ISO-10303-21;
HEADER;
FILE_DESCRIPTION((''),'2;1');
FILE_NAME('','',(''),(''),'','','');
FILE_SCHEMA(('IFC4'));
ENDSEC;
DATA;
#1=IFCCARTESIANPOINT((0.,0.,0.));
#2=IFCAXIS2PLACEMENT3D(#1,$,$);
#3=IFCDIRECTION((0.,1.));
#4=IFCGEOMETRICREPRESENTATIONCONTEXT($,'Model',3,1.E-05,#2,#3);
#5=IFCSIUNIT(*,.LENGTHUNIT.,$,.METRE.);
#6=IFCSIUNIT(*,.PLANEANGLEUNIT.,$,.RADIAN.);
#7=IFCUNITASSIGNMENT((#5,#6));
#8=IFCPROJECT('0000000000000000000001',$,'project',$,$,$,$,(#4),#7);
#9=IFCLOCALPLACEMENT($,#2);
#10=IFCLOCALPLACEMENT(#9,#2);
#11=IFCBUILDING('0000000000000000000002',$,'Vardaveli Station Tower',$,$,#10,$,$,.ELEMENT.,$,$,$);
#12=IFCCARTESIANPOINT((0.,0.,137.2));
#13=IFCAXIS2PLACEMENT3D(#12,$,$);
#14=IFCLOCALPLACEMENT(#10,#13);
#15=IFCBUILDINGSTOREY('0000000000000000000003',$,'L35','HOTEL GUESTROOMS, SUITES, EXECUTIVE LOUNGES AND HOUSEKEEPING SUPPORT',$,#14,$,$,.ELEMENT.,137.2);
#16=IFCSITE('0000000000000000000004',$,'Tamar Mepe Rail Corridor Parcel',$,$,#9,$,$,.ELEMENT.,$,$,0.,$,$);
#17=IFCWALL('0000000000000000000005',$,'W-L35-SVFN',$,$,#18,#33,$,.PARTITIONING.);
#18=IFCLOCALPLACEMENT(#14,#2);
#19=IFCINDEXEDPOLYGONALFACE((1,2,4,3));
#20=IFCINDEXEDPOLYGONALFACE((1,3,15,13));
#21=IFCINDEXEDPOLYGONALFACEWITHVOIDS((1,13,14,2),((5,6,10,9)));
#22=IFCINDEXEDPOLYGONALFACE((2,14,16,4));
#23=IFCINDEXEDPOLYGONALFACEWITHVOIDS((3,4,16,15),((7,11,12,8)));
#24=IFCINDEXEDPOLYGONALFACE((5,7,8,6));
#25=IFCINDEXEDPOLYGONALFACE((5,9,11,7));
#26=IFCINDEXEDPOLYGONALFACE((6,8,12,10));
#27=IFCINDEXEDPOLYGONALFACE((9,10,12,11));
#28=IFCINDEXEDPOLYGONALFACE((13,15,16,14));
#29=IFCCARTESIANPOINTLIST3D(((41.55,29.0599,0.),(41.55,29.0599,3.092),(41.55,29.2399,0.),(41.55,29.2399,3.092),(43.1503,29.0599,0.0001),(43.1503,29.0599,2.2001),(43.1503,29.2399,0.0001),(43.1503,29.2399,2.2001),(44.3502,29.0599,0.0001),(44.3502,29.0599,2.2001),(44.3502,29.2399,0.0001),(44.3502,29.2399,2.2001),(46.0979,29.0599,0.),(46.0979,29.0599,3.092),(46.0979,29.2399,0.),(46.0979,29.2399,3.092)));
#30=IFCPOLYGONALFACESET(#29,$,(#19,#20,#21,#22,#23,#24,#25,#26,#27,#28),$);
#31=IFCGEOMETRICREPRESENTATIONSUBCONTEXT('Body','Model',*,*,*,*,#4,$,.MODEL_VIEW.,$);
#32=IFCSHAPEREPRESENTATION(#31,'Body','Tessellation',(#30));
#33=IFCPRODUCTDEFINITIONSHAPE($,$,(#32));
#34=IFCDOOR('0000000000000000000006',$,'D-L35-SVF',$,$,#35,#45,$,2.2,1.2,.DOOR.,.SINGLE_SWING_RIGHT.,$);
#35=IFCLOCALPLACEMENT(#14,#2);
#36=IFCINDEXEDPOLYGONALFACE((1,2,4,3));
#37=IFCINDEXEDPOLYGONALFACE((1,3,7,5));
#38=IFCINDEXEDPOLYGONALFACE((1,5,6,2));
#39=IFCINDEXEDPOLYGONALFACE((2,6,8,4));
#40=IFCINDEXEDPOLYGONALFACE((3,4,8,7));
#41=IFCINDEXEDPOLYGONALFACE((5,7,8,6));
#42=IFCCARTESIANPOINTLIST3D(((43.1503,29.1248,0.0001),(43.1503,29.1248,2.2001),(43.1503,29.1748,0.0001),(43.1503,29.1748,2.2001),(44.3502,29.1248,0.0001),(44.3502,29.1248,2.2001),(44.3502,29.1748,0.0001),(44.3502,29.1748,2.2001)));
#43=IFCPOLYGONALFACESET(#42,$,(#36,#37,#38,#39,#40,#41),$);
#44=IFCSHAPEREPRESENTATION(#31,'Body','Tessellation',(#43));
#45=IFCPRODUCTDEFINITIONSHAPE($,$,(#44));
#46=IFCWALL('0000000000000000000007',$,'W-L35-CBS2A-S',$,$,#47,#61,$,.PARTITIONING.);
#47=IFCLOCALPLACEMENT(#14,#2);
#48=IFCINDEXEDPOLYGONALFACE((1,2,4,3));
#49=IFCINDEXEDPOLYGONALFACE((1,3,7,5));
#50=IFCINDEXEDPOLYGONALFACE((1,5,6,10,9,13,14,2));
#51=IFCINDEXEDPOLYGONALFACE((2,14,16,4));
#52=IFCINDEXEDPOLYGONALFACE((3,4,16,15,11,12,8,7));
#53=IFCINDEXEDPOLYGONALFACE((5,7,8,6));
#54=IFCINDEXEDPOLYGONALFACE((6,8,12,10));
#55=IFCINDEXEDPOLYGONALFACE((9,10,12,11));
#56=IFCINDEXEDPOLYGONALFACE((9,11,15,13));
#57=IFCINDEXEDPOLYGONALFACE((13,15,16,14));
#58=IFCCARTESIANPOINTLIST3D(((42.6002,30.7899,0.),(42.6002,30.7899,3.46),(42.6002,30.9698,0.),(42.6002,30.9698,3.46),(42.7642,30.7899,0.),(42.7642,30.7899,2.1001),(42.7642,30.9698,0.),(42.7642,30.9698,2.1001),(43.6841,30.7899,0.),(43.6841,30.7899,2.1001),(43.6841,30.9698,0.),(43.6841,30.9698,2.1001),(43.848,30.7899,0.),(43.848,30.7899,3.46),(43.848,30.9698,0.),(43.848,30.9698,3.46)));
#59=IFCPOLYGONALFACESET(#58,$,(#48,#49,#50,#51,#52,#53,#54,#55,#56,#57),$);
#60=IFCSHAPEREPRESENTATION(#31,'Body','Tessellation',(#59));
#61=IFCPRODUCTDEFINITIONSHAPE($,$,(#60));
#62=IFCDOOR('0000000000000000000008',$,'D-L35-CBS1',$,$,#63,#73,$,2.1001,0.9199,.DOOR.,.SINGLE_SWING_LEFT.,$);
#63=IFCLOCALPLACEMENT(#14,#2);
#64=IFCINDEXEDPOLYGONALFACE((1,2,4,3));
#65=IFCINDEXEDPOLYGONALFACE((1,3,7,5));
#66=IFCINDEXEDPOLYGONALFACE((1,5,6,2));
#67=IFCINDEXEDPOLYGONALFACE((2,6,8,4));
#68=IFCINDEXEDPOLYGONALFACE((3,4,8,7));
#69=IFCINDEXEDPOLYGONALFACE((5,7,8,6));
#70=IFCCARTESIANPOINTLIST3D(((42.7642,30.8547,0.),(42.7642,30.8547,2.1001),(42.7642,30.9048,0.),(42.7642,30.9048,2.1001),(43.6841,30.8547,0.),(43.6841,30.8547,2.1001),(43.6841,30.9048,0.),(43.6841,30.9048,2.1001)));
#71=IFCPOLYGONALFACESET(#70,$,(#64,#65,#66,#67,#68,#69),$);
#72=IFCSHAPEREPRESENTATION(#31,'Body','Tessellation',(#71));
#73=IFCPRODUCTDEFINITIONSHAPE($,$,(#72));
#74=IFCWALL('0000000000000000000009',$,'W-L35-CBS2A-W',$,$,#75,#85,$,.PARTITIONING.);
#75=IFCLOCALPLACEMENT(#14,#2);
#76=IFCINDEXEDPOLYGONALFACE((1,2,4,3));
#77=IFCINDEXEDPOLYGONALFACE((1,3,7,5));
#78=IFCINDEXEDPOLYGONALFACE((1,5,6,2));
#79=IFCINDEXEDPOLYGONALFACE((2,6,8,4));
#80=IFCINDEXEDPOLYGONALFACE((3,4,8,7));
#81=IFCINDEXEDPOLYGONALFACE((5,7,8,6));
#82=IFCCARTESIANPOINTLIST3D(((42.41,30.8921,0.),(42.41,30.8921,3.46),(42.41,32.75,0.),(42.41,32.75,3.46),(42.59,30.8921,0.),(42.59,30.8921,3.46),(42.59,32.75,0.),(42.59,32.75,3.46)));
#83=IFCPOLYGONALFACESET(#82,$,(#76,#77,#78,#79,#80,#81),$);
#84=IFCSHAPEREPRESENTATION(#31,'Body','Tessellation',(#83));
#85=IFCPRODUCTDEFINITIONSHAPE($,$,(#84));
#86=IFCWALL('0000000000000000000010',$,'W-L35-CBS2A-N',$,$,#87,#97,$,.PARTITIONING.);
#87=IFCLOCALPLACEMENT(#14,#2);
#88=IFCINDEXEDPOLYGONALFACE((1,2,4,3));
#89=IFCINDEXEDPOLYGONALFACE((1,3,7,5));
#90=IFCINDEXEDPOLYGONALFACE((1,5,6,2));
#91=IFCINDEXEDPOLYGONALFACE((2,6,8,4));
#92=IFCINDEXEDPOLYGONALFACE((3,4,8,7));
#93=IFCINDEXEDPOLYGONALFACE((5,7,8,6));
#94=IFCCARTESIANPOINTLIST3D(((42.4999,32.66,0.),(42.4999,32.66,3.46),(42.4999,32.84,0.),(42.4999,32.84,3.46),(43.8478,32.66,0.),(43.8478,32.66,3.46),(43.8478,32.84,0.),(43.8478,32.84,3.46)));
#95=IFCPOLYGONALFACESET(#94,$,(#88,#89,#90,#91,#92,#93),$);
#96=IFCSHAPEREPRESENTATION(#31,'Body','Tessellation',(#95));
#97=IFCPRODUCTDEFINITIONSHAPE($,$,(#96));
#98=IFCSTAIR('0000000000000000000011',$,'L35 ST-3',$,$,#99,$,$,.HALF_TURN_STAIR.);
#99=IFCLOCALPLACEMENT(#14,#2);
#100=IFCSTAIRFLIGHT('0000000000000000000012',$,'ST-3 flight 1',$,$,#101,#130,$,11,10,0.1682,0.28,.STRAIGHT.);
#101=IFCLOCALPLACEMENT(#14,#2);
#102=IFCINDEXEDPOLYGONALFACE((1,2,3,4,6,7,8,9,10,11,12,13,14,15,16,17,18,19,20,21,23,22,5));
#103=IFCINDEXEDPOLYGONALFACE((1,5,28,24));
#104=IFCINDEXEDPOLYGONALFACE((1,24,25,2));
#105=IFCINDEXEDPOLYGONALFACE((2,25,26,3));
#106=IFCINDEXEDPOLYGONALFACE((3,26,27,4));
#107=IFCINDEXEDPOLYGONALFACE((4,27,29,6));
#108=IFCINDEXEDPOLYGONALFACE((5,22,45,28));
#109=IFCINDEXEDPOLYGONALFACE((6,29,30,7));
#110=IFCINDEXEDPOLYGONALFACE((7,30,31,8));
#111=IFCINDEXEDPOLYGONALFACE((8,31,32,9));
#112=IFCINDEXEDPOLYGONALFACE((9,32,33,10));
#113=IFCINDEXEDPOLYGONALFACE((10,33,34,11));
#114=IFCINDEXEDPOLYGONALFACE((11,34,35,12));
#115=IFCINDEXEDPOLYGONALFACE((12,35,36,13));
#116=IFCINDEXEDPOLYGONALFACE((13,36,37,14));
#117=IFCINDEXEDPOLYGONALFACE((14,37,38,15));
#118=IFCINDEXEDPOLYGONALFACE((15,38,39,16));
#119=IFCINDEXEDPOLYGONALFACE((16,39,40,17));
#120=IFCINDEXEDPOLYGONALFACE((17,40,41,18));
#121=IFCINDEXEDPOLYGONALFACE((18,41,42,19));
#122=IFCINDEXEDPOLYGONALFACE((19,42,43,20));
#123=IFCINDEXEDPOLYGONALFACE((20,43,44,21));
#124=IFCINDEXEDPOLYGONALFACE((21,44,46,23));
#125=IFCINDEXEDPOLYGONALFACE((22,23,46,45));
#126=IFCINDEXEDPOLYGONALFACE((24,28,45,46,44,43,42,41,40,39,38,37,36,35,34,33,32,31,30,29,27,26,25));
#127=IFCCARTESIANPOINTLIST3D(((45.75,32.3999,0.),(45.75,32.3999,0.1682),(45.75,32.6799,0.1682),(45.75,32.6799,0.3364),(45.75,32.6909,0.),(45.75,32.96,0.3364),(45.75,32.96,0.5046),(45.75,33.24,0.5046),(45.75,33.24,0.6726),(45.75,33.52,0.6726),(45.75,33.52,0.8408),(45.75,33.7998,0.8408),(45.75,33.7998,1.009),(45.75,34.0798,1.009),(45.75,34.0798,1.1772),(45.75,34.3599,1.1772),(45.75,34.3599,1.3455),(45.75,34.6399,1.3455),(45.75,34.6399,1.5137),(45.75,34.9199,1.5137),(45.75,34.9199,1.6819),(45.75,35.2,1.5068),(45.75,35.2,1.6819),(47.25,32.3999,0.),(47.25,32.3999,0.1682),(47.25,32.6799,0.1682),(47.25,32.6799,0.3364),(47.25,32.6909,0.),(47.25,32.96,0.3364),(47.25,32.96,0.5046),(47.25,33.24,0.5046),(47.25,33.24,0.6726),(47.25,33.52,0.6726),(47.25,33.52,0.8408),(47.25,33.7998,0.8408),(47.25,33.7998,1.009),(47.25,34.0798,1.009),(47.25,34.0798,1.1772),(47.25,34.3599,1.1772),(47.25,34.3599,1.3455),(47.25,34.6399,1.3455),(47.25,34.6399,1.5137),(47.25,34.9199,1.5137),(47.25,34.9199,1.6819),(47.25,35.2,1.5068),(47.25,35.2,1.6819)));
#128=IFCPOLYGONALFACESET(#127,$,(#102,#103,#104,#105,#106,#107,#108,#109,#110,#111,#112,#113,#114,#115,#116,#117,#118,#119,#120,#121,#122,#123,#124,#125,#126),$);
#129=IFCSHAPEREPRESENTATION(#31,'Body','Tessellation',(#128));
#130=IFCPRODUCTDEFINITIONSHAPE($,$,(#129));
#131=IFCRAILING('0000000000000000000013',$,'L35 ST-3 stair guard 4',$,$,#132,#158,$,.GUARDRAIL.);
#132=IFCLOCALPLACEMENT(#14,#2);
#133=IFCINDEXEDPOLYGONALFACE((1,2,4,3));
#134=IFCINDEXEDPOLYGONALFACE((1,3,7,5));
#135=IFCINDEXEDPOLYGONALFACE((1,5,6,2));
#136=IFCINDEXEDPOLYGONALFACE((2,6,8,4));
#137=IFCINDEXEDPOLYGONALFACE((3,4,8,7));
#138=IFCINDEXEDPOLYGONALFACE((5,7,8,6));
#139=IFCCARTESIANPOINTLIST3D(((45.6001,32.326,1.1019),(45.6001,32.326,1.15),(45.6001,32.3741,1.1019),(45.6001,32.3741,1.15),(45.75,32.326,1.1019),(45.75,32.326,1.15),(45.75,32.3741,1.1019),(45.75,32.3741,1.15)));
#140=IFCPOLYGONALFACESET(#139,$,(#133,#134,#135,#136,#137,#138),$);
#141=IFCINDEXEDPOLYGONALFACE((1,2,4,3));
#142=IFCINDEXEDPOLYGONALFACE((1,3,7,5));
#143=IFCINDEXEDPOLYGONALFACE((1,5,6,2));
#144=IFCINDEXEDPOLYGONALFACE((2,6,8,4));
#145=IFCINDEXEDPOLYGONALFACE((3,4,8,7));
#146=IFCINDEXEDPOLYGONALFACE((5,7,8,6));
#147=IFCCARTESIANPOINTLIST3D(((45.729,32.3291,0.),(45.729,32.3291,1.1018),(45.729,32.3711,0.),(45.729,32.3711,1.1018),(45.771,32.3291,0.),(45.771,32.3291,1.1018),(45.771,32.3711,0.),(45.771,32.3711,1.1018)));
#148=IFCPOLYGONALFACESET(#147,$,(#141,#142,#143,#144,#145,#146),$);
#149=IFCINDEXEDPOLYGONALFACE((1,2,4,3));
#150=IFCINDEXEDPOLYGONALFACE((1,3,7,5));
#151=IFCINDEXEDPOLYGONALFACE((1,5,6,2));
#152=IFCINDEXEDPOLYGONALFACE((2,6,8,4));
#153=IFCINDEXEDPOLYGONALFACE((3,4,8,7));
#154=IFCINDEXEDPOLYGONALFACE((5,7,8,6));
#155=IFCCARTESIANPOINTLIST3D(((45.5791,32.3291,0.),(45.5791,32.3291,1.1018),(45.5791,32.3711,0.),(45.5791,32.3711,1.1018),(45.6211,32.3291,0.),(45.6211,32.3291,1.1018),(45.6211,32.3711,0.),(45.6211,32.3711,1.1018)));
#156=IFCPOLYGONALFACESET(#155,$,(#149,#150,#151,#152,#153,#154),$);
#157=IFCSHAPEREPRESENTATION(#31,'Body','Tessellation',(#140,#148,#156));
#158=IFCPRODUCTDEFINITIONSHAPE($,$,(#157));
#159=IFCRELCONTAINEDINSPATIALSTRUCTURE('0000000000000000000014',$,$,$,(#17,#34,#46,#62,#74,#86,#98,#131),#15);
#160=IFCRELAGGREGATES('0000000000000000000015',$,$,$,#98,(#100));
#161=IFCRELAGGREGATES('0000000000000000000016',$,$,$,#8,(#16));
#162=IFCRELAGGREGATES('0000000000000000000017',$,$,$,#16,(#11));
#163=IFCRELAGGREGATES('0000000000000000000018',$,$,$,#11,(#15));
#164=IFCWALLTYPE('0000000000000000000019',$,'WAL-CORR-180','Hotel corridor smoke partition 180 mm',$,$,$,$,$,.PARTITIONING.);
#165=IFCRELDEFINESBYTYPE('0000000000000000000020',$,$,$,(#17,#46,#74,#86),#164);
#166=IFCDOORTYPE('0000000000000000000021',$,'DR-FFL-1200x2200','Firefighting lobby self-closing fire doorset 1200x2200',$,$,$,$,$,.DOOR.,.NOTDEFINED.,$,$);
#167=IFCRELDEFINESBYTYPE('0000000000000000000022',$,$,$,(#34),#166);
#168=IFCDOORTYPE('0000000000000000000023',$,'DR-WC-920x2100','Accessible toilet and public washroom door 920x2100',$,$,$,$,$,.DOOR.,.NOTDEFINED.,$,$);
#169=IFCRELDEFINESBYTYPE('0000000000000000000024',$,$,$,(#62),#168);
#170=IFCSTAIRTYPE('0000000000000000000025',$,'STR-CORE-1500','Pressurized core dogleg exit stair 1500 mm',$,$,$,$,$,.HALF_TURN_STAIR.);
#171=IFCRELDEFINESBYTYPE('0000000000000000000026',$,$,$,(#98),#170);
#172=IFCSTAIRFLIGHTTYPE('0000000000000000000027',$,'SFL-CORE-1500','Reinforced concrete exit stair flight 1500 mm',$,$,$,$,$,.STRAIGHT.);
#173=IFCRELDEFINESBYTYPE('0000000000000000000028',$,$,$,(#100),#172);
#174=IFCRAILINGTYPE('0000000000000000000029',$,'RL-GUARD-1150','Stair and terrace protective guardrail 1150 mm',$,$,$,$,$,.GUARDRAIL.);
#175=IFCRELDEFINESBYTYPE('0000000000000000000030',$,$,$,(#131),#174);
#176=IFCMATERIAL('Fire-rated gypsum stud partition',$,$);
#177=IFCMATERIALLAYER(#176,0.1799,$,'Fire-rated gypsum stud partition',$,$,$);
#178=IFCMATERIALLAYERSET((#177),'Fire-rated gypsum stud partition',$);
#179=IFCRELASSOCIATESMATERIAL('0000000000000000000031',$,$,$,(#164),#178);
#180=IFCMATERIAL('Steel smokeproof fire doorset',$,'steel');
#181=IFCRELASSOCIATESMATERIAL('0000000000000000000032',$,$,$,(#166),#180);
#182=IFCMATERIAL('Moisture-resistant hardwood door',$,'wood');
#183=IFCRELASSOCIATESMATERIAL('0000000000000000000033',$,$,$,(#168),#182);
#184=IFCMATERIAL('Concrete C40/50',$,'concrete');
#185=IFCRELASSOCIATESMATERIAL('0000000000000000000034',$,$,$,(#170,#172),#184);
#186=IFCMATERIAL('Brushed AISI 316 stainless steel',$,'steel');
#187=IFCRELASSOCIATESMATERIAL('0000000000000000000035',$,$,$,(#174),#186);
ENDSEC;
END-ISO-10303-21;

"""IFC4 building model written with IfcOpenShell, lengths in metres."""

from ifc_helpers import new_model, si_unit, direction, frame, frame_2d, origin, origin_2d, place, context, subcontext, project, spatial, polyline, rectangle, outline, extrude, source, transform, mapped, material, layer, layer_set, type_object, element, fill, aggregate, save


model = new_model("IFC4")

# Units and contexts
model_context = context("Model", 3, precision=1e-05, world=origin(), true_north=direction((0.0, 1.0)))
body_context = subcontext(model_context, "Body", "Model", "MODEL_VIEW")
ifc_project = project(units=[si_unit("LENGTHUNIT", "METRE"), si_unit("PLANEANGLEUNIT", "RADIAN")], contexts=[model_context])

# Site, building, storey
site_placement = place(None, origin())
site = spatial("IfcSite", under=ifc_project, at=site_placement, Name="Tamar Mepe Rail Corridor Parcel", CompositionType="ELEMENT", RefElevation=0.0)
building_placement = place(site_placement, origin())
building = spatial("IfcBuilding", under=site, at=building_placement, Name="Vardaveli Station Tower", CompositionType="ELEMENT")
storey_placement = place(building_placement, frame((0.0, 0.0, 137.2)))
storey = spatial("IfcBuildingStorey", under=building, at=storey_placement, Name="L35", Description="HOTEL GUESTROOMS, SUITES, EXECUTIVE LOUNGES AND HOUSEKEEPING SUPPORT", CompositionType="ELEMENT", Elevation=137.2)

# Shared definitions
ifc_material_1 = material(Name="Concrete C40/50", Category="concrete")

# Walls, openings, doors
ifc_material_2 = material(Name="Steel smokeproof fire doorset", Category="steel")
ifc_material_3 = material(Name="Fire-rated gypsum stud partition")
ifc_layer_1 = layer(ifc_material_3, 0.1799, Name="Fire-rated gypsum stud partition")
ifc_layer_set_1 = layer_set([ifc_layer_1], Name="Fire-rated gypsum stud partition")
wall_type_1 = type_object("IfcWallType", Name="WAL-CORR-180", Description="Hotel corridor smoke partition 180 mm", PredefinedType="PARTITIONING", material=ifc_layer_set_1)
shared_shape_1 = source(origin(), body_context, "Body", "SweptSolid", [
    extrude(rectangle(XDim=4.5479, YDim=0.1799, at=frame_2d((2.2739, 0.0))), origin(), (0.0, 0.0, 1.0), 3.092),
])
wall_1_placement = place(storey_placement, frame((41.55, 29.1499, 0.0), z_axis=(0.0, 0.0, 1.0), x_axis=(1.0, 0.0, 0.0)))
wall_1 = element("IfcWall", 1, at=wall_1_placement, inside=storey, type_object=wall_type_1, Name="W-L35-SVFN", PredefinedType="PARTITIONING", context=body_context, shape_type="MappedRepresentation", body=[
    mapped(shared_shape_1, transform((0.0, 0.0, 0.0), scale=1.0)),
])
shared_shape_2 = source(origin(), body_context, "Body", "SweptSolid", [
    extrude(rectangle(XDim=1.2, YDim=2.2, at=frame_2d((0.6001, 1.1001))), frame((0.0, 0.1001, 0.0), z_axis=(0.0, -1.0, 0.0), x_axis=(1.0, 0.0, 0.0)), (0.0, 0.0, 1.0), 0.2),
])
opening_1_placement = place(wall_1_placement, frame((1.6001, 0.0, 0.0)))
opening_1 = element("IfcOpeningElement", 2, at=opening_1_placement, cuts=wall_1, PredefinedType="OPENING", context=body_context, shape_type="MappedRepresentation", body=[
    mapped(shared_shape_2, transform((0.0, 0.0, 0.0), scale=1.0)),
])
door_type_1 = type_object("IfcDoorType", Name="DR-FFL-1200x2200", Description="Firefighting lobby self-closing fire doorset 1200x2200", OperationType="NOTDEFINED", PredefinedType="DOOR", material=ifc_material_2)
shared_shape_3 = source(origin(), body_context, "Body", "SweptSolid", [
    extrude(rectangle(XDim=1.2, YDim=2.2, at=frame_2d((0.6001, 1.1001))), frame((0.0, 0.0249, 0.0), z_axis=(0.0, -1.0, 0.0), x_axis=(1.0, 0.0, 0.0)), (0.0, 0.0, 1.0), 0.05),
])
door_1_placement = place(opening_1_placement, origin())
door_1 = element("IfcDoor", 3, at=door_1_placement, inside=storey, type_object=door_type_1, Name="D-L35-SVF", OperationType="SINGLE_SWING_RIGHT", OverallHeight=2.2, OverallWidth=1.2, PredefinedType="DOOR", context=body_context, shape_type="MappedRepresentation", body=[
    mapped(shared_shape_3, transform((0.0, 0.0, 0.0), scale=1.0)),
])
fill(opening_1, door_1)
shared_shape_4 = source(origin(), body_context, "Body", "SweptSolid", [
    extrude(rectangle(XDim=1.2478, YDim=0.1799, at=frame_2d((0.624, 0.0))), origin(), (0.0, 0.0, 1.0), 3.46),
])
wall_2_placement = place(storey_placement, frame((42.6001, 30.8799, 0.0), z_axis=(0.0, 0.0, 1.0), x_axis=(1.0, 0.0, 0.0)))
wall_2 = element("IfcWall", 4, at=wall_2_placement, inside=storey, type_object=wall_type_1, Name="W-L35-CBS2A-S", PredefinedType="PARTITIONING", context=body_context, shape_type="MappedRepresentation", body=[
    mapped(shared_shape_4, transform((0.0, 0.0, 0.0), scale=1.0)),
])
shared_shape_5 = source(origin(), body_context, "Body", "SweptSolid", [
    extrude(rectangle(XDim=0.9199, YDim=2.1001, at=frame_2d((0.46, 1.05))), frame((0.0, 0.1001, 0.0), z_axis=(0.0, -1.0, 0.0), x_axis=(1.0, 0.0, 0.0)), (0.0, 0.0, 1.0), 0.2),
])
opening_2_placement = place(wall_2_placement, frame((0.1641, 0.0, 0.0)))
opening_2 = element("IfcOpeningElement", 5, at=opening_2_placement, cuts=wall_2, PredefinedType="OPENING", context=body_context, shape_type="MappedRepresentation", body=[
    mapped(shared_shape_5, transform((0.0, 0.0, 0.0), scale=1.0)),
])
ifc_material_4 = material(Name="Moisture-resistant hardwood door", Category="wood")
door_type_2 = type_object("IfcDoorType", Name="DR-WC-920x2100", Description="Accessible toilet and public washroom door 920x2100", OperationType="NOTDEFINED", PredefinedType="DOOR", material=ifc_material_4)
shared_shape_6 = source(origin(), body_context, "Body", "SweptSolid", [
    extrude(rectangle(XDim=0.9199, YDim=2.1001, at=frame_2d((0.46, 1.05))), frame((0.0, 0.0249, 0.0), z_axis=(0.0, -1.0, 0.0), x_axis=(1.0, 0.0, 0.0)), (0.0, 0.0, 1.0), 0.05),
])
door_2_placement = place(opening_2_placement, origin())
door_2 = element("IfcDoor", 6, at=door_2_placement, inside=storey, type_object=door_type_2, Name="D-L35-CBS1", OperationType="SINGLE_SWING_LEFT", OverallHeight=2.1001, OverallWidth=0.9199, PredefinedType="DOOR", context=body_context, shape_type="MappedRepresentation", body=[
    mapped(shared_shape_6, transform((0.0, 0.0, 0.0), scale=1.0)),
])
fill(opening_2, door_2)

# Walls
shared_shape_7 = source(origin(), body_context, "Body", "SweptSolid", [
    extrude(rectangle(XDim=1.8579, YDim=0.1799, at=frame_2d((0.929, 0.0))), origin(), (0.0, 0.0, 1.0), 3.46),
])
wall_3_placement = place(storey_placement, frame((42.5, 30.8921, 0.0), z_axis=(0.0, 0.0, 1.0), x_axis=(0.0, 1.0, 0.0)))
element("IfcWall", 7, at=wall_3_placement, inside=storey, type_object=wall_type_1, Name="W-L35-CBS2A-W", PredefinedType="PARTITIONING", context=body_context, shape_type="MappedRepresentation", body=[
    mapped(shared_shape_7, transform((0.0, 0.0, 0.0), scale=1.0)),
])
shared_shape_8 = source(origin(), body_context, "Body", "SweptSolid", [
    extrude(rectangle(XDim=1.3479, YDim=0.1799, at=frame_2d((0.6738, 0.0))), origin(), (0.0, 0.0, 1.0), 3.46),
])
wall_4_placement = place(storey_placement, frame((42.5, 32.75, 0.0), z_axis=(0.0, 0.0, 1.0), x_axis=(1.0, 0.0, 0.0)))
element("IfcWall", 8, at=wall_4_placement, inside=storey, type_object=wall_type_1, Name="W-L35-CBS2A-N", PredefinedType="PARTITIONING", context=body_context, shape_type="MappedRepresentation", body=[
    mapped(shared_shape_8, transform((0.0, 0.0, 0.0), scale=1.0)),
])

# Stair, stair flight
stair_type = type_object("IfcStairType", Name="STR-CORE-1500", Description="Pressurized core dogleg exit stair 1500 mm", PredefinedType="HALF_TURN_STAIR", material=ifc_material_1)
stair_placement = place(storey_placement, origin())
stair = element("IfcStair", 9, at=stair_placement, inside=storey, type_object=stair_type, Name="L35 ST-3", PredefinedType="HALF_TURN_STAIR")
stair_flight_type = type_object("IfcStairFlightType", Name="SFL-CORE-1500", Description="Reinforced concrete exit stair flight 1500 mm", PredefinedType="STRAIGHT", material=ifc_material_1)
shared_shape_9 = source(origin(), body_context, "Body", "SweptSolid", [
    extrude(outline(polyline([(0.0, 0.0), (0.0, 0.1682), (0.28, 0.1682), (0.28, 0.3364), (0.5601, 0.3364), (0.5601, 0.5046), (0.8401, 0.5046), (0.8401, 0.6726), (1.1201, 0.6726), (1.1201, 0.8408), (1.3999, 0.8408), (1.3999, 1.009), (1.6799, 1.009), (1.6799, 1.1772), (1.96, 1.1772), (1.96, 1.3455), (2.24, 1.3455), (2.24, 1.5137), (2.52, 1.5137), (2.52, 1.6819), (2.8, 1.6819), (2.8, 1.8501), (2.8, 1.5068), (0.291, 0.0), (0.0, 0.0)])), frame((0.0, 0.75, 0.0), z_axis=(0.0, -1.0, 0.0), x_axis=(1.0, 0.0, 0.0)), (0.0, 0.0, 1.0), 1.5),
])
stair_flight_placement = place(storey_placement, frame((46.5, 32.3999, 0.0), z_axis=(0.0, 0.0, 1.0), x_axis=(0.0, 1.0, 0.0)))
stair_flight = element("IfcStairFlight", 10, at=stair_flight_placement, type_object=stair_flight_type, Name="ST-3 flight 1", NumberOfRisers=11, NumberOfTreads=10, PredefinedType="STRAIGHT", RiserHeight=0.1682, TreadLength=0.28, context=body_context, shape_type="MappedRepresentation", body=[
    mapped(shared_shape_9, transform((0.0, 0.0, 0.0), scale=1.0)),
])
aggregate(stair, [stair_flight])

# Railing
ifc_material_5 = material(Name="Brushed AISI 316 stainless steel", Category="steel")
railing_type_1 = type_object("IfcRailingType", Name="RL-GUARD-1150", Description="Stair and terrace protective guardrail 1150 mm", PredefinedType="GUARDRAIL", material=ifc_material_5)
shared_shape_10 = source(origin(), body_context, "Body", "SweptSolid", [
    extrude(rectangle(XDim=0.0481, YDim=0.0481, at=origin_2d()), frame((0.0, 0.0, 1.126), z_axis=(-1.0, 0.0, 0.0), x_axis=(0.0, -1.0, 0.0)), (0.0, 0.0, 1.0), 0.1499),
    extrude(rectangle(XDim=0.042, YDim=0.042, at=origin_2d()), origin(), (0.0, 0.0, 1.0), 1.1018),
    extrude(rectangle(XDim=0.042, YDim=0.042, at=origin_2d()), frame((-0.1499, 0.0, 0.0)), (0.0, 0.0, 1.0), 1.1018),
])
railing_1_placement = place(storey_placement, frame((45.75, 32.3501, 0.0)))
element("IfcRailing", 11, at=railing_1_placement, inside=storey, type_object=railing_type_1, Name="L35 ST-3 stair guard 4", PredefinedType="GUARDRAIL", context=body_context, shape_type="MappedRepresentation", body=[
    mapped(shared_shape_10, transform((0.0, 0.0, 0.0), scale=1.0)),
])

save(model, "model.ifc")
